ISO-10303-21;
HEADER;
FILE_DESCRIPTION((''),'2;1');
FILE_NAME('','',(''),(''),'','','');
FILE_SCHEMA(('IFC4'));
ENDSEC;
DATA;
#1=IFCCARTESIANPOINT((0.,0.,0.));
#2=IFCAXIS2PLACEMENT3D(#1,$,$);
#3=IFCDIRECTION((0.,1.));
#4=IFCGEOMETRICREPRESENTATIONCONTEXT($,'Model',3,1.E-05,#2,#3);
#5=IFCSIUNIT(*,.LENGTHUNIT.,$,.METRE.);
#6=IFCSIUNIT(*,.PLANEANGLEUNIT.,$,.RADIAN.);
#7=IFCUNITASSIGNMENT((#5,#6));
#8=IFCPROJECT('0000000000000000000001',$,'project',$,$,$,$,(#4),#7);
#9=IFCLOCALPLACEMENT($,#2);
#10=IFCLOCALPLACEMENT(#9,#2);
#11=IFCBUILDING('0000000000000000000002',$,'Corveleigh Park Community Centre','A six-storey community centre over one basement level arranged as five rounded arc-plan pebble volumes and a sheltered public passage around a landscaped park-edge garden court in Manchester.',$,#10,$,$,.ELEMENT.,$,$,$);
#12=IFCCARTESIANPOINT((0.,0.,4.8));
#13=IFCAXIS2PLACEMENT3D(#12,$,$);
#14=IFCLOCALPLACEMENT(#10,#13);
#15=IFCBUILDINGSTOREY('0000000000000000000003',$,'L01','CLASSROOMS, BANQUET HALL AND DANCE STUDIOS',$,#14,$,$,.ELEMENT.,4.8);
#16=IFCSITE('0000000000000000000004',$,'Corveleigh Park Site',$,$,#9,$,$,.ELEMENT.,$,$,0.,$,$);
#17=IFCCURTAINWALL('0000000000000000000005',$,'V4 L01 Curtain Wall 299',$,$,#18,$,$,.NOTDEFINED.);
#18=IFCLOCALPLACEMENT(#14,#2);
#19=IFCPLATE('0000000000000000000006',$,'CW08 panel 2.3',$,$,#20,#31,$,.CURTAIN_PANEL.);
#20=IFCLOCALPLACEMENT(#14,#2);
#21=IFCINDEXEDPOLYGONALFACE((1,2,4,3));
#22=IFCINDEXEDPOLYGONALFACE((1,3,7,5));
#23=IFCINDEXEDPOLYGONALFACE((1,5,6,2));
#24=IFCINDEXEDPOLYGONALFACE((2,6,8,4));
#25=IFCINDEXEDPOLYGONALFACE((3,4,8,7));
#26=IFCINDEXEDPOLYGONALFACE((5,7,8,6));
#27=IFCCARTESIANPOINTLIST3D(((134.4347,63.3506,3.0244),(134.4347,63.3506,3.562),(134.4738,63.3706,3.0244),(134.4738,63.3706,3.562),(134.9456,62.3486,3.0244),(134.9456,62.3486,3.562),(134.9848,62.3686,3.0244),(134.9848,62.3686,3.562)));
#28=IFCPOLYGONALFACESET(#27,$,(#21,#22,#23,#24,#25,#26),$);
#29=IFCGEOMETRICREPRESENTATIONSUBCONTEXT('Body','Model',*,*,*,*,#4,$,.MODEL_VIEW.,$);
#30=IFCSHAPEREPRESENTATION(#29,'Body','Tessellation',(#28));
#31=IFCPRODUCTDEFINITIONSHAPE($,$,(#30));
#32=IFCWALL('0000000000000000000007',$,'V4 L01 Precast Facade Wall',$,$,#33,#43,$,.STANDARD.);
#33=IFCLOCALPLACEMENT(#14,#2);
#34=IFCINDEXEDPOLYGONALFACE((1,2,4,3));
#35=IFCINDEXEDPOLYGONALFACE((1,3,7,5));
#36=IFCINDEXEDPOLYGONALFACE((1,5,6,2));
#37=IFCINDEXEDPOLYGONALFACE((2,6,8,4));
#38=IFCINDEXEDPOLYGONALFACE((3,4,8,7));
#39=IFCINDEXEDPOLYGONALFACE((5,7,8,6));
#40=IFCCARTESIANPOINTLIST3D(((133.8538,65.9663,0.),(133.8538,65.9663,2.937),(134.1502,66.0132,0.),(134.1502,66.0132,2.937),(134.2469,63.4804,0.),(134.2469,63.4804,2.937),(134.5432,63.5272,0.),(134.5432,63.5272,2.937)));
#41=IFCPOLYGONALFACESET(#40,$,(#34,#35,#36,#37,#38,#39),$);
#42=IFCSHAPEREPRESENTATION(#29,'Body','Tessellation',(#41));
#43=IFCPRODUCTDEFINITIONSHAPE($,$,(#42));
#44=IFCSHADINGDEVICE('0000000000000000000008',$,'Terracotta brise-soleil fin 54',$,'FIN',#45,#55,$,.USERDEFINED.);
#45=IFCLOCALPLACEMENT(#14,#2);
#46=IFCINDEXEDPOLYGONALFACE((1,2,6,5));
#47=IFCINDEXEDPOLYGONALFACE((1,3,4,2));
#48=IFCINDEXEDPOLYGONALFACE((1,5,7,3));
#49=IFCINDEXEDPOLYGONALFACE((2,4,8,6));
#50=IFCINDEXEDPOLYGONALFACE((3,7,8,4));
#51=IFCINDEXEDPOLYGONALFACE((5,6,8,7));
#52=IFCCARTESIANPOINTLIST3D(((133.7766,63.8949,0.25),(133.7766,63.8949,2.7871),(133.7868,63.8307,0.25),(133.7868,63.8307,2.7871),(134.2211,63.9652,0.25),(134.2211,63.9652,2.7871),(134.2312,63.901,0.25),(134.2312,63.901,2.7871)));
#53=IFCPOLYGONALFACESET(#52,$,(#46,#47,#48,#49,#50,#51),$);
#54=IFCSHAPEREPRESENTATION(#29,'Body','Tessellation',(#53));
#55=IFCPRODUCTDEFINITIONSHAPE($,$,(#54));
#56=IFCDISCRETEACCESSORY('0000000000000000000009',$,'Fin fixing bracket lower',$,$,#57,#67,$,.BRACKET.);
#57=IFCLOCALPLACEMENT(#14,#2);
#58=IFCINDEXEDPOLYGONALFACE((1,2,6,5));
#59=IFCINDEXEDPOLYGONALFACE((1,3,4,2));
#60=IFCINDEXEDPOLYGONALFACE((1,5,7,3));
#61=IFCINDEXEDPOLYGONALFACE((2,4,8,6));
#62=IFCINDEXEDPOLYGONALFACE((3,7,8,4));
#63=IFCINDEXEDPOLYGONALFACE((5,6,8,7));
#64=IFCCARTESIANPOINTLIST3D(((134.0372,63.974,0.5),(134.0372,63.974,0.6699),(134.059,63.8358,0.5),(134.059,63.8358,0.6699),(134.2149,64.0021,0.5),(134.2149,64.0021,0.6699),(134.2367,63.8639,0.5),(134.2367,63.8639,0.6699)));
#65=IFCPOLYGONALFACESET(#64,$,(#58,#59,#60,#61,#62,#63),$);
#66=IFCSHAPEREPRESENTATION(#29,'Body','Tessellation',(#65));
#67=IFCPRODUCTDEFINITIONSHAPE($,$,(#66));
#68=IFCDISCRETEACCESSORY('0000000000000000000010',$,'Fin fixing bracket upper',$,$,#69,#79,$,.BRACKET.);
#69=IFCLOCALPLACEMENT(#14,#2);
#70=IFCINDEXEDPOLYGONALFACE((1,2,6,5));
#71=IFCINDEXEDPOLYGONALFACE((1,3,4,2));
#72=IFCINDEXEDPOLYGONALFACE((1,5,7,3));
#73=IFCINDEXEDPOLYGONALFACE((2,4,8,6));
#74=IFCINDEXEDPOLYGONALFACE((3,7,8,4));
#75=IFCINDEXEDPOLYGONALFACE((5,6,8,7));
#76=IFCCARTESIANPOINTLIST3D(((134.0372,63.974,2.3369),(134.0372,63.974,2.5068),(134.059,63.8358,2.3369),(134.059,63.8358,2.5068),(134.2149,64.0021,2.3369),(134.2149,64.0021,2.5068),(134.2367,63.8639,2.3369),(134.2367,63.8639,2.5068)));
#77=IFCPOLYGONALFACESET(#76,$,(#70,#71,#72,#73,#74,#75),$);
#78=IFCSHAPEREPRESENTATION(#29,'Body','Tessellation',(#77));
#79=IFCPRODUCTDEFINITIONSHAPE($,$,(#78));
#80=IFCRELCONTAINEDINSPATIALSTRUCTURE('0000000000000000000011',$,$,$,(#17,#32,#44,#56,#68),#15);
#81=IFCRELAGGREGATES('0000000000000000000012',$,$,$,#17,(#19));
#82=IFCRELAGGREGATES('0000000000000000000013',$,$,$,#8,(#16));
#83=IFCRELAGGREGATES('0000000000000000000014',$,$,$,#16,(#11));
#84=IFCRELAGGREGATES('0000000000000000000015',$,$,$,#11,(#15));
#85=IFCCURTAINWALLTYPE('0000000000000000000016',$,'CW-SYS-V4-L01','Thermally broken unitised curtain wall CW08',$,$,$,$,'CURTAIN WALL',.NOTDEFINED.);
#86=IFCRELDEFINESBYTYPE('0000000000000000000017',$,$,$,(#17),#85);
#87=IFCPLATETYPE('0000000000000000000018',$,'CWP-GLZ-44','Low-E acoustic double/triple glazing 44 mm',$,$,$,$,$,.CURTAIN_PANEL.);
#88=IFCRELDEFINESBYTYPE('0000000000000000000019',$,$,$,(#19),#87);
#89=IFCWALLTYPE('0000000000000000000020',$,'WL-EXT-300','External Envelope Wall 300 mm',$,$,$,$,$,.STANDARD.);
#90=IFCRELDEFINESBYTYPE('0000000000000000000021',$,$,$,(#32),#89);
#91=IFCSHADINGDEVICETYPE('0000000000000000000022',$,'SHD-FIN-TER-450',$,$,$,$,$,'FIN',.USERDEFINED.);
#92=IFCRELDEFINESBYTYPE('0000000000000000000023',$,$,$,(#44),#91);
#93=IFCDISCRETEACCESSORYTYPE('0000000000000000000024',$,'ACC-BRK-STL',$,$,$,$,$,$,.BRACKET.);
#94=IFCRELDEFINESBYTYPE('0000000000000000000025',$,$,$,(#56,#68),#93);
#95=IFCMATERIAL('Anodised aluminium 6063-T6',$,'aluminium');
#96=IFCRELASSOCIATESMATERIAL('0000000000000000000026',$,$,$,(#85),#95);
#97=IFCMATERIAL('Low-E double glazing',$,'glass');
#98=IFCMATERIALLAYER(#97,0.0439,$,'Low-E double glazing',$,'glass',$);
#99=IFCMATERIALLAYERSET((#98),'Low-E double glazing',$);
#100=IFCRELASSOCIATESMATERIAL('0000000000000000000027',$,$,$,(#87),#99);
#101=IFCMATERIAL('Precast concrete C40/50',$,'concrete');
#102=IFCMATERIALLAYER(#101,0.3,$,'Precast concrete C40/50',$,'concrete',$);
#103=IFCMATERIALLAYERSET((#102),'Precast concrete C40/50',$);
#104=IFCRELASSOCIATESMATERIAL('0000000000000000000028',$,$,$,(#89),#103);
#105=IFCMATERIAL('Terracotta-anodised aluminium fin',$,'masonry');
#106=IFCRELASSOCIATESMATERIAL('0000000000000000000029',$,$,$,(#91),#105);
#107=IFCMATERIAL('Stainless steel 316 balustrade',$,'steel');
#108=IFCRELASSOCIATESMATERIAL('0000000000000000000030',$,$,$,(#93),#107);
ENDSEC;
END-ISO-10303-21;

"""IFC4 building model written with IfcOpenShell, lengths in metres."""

from ifc_helpers import new_model, si_unit, direction, frame, frame_2d, origin, origin_2d, place, context, subcontext, project, spatial, rectangle, extrude, material, layer, layer_set, type_object, element, aggregate, save


model = new_model("IFC4")

# Units and contexts
model_context = context("Model", 3, precision=1e-05, world=origin(), true_north=direction((0.0, 1.0)))
body_context = subcontext(model_context, "Body", "Model", "MODEL_VIEW")
ifc_project = project(units=[si_unit("LENGTHUNIT", "METRE"), si_unit("PLANEANGLEUNIT", "RADIAN")], contexts=[model_context])

# Site, building, storey
site_placement = place(None, origin())
site = spatial("IfcSite", under=ifc_project, at=site_placement, Name="Corveleigh Park Site", CompositionType="ELEMENT", RefElevation=0.0)
building_placement = place(site_placement, origin())
building = spatial("IfcBuilding", under=site, at=building_placement, Name="Corveleigh Park Community Centre", Description="A six-storey community centre over one basement level arranged as five rounded arc-plan pebble volumes and a sheltered public passage around a landscaped park-edge garden court in Manchester.", CompositionType="ELEMENT")
storey_placement = place(building_placement, frame((0.0, 0.0, 4.8)))
storey = spatial("IfcBuildingStorey", under=building, at=storey_placement, Name="L01", Description="CLASSROOMS, BANQUET HALL AND DANCE STUDIOS", CompositionType="ELEMENT", Elevation=4.8)

# Curtain wall
ifc_material_1 = material(Name="Anodised aluminium 6063-T6", Category="aluminium")
curtain_wall_type = type_object("IfcCurtainWallType", Name="CW-SYS-V4-L01", Description="Thermally broken unitised curtain wall CW08", ElementType="CURTAIN WALL", PredefinedType="NOTDEFINED", material=ifc_material_1)
curtain_wall_1_placement = place(storey_placement, origin())
curtain_wall_1 = element("IfcCurtainWall", 1, at=curtain_wall_1_placement, inside=storey, type_object=curtain_wall_type, Name="V4 L01 Curtain Wall 299", PredefinedType="NOTDEFINED")

# Plate
ifc_material_2 = material(Name="Low-E double glazing", Category="glass")
ifc_layer_1 = layer(ifc_material_2, 0.0439, Name="Low-E double glazing", Category="glass")
ifc_layer_set_1 = layer_set([ifc_layer_1], Name="Low-E double glazing")
plate_type = type_object("IfcPlateType", Name="CWP-GLZ-44", Description="Low-E acoustic double/triple glazing 44 mm", PredefinedType="CURTAIN_PANEL", material=ifc_layer_set_1)
plate_1_placement = place(storey_placement, frame((134.7097, 62.8596, 3.0244), z_axis=(0.0, 0.0, 1.0), x_axis=(-0.454269, 0.890865, 0.0)))
plate_1 = element("IfcPlate", 2, at=plate_1_placement, type_object=plate_type, Name="CW08 panel 2.3", PredefinedType="CURTAIN_PANEL", context=body_context, shape_type="SweptSolid", body=[
    extrude(rectangle(XDim=1.1248, YDim=0.0439, at=origin_2d()), origin(), (0.0, 0.0, 1.0), 0.5376),
])
aggregate(curtain_wall_1, [plate_1])

# Wall
ifc_material_3 = material(Name="Precast concrete C40/50", Category="concrete")
ifc_layer_2 = layer(ifc_material_3, 0.3, Name="Precast concrete C40/50", Category="concrete")
ifc_layer_set_2 = layer_set([ifc_layer_2], Name="Precast concrete C40/50")
wall_type = type_object("IfcWallType", Name="WL-EXT-300", Description="External Envelope Wall 300 mm", PredefinedType="STANDARD", material=ifc_layer_set_2)
wall_placement = place(storey_placement, frame((134.395, 63.5039, 0.0), z_axis=(0.0, 0.0, 1.0), x_axis=(-0.156167, 0.987731, 0.0)))
element("IfcWall", 3, at=wall_placement, inside=storey, type_object=wall_type, Name="V4 L01 Precast Facade Wall", PredefinedType="STANDARD", context=body_context, shape_type="SweptSolid", body=[
    extrude(rectangle(XDim=2.5168, YDim=0.3, at=frame_2d((1.2583, 0.0))), origin(), (0.0, 0.0, 1.0), 2.937),
])

# Shading device
ifc_material_4 = material(Name="Terracotta-anodised aluminium fin", Category="masonry")
shading_device_type = type_object("IfcShadingDeviceType", Name="SHD-FIN-TER-450", ElementType="FIN", PredefinedType="USERDEFINED", material=ifc_material_4)
shading_device_placement = place(storey_placement, frame((134.0039, 63.8979, 0.25), z_axis=(0.0, 0.0, 1.0), x_axis=(-0.987734, -0.156146, 0.0)))
element("IfcShadingDevice", 4, at=shading_device_placement, inside=storey, type_object=shading_device_type, Name="Terracotta brise-soleil fin 54", ObjectType="FIN", PredefinedType="USERDEFINED", context=body_context, shape_type="SweptSolid", body=[
    extrude(rectangle(XDim=0.45, YDim=0.0649, at=origin_2d()), origin(), (0.0, 0.0, 1.0), 2.5371),
])

# Discrete accessories
ifc_material_5 = material(Name="Stainless steel 316 balustrade", Category="steel")
discrete_accessory_type = type_object("IfcDiscreteAccessoryType", Name="ACC-BRK-STL", PredefinedType="BRACKET", material=ifc_material_5)
for number, where, z_axis, x_axis, name in (
    (5, (134.137, 63.9189, 0.5), (0.0, 0.0, 1.0), (-0.987734, -0.156146, 0.0), "Fin fixing bracket lower"),
    (6, (134.137, 63.9189, 2.3369), (0.0, 0.0, 1.0), (-0.987734, -0.156146, 0.0), "Fin fixing bracket upper"),
):
    element("IfcDiscreteAccessory", number, at=place(storey_placement, frame(where, z_axis=z_axis, x_axis=x_axis)), inside=storey, type_object=discrete_accessory_type, Name=name, PredefinedType="BRACKET", context=body_context, shape_type="SweptSolid", body=[
        extrude(rectangle(XDim=0.1799, YDim=0.1399, at=origin_2d()), origin(), (0.0, 0.0, 1.0), 0.1699),
    ])

save(model, "model.ifc")
